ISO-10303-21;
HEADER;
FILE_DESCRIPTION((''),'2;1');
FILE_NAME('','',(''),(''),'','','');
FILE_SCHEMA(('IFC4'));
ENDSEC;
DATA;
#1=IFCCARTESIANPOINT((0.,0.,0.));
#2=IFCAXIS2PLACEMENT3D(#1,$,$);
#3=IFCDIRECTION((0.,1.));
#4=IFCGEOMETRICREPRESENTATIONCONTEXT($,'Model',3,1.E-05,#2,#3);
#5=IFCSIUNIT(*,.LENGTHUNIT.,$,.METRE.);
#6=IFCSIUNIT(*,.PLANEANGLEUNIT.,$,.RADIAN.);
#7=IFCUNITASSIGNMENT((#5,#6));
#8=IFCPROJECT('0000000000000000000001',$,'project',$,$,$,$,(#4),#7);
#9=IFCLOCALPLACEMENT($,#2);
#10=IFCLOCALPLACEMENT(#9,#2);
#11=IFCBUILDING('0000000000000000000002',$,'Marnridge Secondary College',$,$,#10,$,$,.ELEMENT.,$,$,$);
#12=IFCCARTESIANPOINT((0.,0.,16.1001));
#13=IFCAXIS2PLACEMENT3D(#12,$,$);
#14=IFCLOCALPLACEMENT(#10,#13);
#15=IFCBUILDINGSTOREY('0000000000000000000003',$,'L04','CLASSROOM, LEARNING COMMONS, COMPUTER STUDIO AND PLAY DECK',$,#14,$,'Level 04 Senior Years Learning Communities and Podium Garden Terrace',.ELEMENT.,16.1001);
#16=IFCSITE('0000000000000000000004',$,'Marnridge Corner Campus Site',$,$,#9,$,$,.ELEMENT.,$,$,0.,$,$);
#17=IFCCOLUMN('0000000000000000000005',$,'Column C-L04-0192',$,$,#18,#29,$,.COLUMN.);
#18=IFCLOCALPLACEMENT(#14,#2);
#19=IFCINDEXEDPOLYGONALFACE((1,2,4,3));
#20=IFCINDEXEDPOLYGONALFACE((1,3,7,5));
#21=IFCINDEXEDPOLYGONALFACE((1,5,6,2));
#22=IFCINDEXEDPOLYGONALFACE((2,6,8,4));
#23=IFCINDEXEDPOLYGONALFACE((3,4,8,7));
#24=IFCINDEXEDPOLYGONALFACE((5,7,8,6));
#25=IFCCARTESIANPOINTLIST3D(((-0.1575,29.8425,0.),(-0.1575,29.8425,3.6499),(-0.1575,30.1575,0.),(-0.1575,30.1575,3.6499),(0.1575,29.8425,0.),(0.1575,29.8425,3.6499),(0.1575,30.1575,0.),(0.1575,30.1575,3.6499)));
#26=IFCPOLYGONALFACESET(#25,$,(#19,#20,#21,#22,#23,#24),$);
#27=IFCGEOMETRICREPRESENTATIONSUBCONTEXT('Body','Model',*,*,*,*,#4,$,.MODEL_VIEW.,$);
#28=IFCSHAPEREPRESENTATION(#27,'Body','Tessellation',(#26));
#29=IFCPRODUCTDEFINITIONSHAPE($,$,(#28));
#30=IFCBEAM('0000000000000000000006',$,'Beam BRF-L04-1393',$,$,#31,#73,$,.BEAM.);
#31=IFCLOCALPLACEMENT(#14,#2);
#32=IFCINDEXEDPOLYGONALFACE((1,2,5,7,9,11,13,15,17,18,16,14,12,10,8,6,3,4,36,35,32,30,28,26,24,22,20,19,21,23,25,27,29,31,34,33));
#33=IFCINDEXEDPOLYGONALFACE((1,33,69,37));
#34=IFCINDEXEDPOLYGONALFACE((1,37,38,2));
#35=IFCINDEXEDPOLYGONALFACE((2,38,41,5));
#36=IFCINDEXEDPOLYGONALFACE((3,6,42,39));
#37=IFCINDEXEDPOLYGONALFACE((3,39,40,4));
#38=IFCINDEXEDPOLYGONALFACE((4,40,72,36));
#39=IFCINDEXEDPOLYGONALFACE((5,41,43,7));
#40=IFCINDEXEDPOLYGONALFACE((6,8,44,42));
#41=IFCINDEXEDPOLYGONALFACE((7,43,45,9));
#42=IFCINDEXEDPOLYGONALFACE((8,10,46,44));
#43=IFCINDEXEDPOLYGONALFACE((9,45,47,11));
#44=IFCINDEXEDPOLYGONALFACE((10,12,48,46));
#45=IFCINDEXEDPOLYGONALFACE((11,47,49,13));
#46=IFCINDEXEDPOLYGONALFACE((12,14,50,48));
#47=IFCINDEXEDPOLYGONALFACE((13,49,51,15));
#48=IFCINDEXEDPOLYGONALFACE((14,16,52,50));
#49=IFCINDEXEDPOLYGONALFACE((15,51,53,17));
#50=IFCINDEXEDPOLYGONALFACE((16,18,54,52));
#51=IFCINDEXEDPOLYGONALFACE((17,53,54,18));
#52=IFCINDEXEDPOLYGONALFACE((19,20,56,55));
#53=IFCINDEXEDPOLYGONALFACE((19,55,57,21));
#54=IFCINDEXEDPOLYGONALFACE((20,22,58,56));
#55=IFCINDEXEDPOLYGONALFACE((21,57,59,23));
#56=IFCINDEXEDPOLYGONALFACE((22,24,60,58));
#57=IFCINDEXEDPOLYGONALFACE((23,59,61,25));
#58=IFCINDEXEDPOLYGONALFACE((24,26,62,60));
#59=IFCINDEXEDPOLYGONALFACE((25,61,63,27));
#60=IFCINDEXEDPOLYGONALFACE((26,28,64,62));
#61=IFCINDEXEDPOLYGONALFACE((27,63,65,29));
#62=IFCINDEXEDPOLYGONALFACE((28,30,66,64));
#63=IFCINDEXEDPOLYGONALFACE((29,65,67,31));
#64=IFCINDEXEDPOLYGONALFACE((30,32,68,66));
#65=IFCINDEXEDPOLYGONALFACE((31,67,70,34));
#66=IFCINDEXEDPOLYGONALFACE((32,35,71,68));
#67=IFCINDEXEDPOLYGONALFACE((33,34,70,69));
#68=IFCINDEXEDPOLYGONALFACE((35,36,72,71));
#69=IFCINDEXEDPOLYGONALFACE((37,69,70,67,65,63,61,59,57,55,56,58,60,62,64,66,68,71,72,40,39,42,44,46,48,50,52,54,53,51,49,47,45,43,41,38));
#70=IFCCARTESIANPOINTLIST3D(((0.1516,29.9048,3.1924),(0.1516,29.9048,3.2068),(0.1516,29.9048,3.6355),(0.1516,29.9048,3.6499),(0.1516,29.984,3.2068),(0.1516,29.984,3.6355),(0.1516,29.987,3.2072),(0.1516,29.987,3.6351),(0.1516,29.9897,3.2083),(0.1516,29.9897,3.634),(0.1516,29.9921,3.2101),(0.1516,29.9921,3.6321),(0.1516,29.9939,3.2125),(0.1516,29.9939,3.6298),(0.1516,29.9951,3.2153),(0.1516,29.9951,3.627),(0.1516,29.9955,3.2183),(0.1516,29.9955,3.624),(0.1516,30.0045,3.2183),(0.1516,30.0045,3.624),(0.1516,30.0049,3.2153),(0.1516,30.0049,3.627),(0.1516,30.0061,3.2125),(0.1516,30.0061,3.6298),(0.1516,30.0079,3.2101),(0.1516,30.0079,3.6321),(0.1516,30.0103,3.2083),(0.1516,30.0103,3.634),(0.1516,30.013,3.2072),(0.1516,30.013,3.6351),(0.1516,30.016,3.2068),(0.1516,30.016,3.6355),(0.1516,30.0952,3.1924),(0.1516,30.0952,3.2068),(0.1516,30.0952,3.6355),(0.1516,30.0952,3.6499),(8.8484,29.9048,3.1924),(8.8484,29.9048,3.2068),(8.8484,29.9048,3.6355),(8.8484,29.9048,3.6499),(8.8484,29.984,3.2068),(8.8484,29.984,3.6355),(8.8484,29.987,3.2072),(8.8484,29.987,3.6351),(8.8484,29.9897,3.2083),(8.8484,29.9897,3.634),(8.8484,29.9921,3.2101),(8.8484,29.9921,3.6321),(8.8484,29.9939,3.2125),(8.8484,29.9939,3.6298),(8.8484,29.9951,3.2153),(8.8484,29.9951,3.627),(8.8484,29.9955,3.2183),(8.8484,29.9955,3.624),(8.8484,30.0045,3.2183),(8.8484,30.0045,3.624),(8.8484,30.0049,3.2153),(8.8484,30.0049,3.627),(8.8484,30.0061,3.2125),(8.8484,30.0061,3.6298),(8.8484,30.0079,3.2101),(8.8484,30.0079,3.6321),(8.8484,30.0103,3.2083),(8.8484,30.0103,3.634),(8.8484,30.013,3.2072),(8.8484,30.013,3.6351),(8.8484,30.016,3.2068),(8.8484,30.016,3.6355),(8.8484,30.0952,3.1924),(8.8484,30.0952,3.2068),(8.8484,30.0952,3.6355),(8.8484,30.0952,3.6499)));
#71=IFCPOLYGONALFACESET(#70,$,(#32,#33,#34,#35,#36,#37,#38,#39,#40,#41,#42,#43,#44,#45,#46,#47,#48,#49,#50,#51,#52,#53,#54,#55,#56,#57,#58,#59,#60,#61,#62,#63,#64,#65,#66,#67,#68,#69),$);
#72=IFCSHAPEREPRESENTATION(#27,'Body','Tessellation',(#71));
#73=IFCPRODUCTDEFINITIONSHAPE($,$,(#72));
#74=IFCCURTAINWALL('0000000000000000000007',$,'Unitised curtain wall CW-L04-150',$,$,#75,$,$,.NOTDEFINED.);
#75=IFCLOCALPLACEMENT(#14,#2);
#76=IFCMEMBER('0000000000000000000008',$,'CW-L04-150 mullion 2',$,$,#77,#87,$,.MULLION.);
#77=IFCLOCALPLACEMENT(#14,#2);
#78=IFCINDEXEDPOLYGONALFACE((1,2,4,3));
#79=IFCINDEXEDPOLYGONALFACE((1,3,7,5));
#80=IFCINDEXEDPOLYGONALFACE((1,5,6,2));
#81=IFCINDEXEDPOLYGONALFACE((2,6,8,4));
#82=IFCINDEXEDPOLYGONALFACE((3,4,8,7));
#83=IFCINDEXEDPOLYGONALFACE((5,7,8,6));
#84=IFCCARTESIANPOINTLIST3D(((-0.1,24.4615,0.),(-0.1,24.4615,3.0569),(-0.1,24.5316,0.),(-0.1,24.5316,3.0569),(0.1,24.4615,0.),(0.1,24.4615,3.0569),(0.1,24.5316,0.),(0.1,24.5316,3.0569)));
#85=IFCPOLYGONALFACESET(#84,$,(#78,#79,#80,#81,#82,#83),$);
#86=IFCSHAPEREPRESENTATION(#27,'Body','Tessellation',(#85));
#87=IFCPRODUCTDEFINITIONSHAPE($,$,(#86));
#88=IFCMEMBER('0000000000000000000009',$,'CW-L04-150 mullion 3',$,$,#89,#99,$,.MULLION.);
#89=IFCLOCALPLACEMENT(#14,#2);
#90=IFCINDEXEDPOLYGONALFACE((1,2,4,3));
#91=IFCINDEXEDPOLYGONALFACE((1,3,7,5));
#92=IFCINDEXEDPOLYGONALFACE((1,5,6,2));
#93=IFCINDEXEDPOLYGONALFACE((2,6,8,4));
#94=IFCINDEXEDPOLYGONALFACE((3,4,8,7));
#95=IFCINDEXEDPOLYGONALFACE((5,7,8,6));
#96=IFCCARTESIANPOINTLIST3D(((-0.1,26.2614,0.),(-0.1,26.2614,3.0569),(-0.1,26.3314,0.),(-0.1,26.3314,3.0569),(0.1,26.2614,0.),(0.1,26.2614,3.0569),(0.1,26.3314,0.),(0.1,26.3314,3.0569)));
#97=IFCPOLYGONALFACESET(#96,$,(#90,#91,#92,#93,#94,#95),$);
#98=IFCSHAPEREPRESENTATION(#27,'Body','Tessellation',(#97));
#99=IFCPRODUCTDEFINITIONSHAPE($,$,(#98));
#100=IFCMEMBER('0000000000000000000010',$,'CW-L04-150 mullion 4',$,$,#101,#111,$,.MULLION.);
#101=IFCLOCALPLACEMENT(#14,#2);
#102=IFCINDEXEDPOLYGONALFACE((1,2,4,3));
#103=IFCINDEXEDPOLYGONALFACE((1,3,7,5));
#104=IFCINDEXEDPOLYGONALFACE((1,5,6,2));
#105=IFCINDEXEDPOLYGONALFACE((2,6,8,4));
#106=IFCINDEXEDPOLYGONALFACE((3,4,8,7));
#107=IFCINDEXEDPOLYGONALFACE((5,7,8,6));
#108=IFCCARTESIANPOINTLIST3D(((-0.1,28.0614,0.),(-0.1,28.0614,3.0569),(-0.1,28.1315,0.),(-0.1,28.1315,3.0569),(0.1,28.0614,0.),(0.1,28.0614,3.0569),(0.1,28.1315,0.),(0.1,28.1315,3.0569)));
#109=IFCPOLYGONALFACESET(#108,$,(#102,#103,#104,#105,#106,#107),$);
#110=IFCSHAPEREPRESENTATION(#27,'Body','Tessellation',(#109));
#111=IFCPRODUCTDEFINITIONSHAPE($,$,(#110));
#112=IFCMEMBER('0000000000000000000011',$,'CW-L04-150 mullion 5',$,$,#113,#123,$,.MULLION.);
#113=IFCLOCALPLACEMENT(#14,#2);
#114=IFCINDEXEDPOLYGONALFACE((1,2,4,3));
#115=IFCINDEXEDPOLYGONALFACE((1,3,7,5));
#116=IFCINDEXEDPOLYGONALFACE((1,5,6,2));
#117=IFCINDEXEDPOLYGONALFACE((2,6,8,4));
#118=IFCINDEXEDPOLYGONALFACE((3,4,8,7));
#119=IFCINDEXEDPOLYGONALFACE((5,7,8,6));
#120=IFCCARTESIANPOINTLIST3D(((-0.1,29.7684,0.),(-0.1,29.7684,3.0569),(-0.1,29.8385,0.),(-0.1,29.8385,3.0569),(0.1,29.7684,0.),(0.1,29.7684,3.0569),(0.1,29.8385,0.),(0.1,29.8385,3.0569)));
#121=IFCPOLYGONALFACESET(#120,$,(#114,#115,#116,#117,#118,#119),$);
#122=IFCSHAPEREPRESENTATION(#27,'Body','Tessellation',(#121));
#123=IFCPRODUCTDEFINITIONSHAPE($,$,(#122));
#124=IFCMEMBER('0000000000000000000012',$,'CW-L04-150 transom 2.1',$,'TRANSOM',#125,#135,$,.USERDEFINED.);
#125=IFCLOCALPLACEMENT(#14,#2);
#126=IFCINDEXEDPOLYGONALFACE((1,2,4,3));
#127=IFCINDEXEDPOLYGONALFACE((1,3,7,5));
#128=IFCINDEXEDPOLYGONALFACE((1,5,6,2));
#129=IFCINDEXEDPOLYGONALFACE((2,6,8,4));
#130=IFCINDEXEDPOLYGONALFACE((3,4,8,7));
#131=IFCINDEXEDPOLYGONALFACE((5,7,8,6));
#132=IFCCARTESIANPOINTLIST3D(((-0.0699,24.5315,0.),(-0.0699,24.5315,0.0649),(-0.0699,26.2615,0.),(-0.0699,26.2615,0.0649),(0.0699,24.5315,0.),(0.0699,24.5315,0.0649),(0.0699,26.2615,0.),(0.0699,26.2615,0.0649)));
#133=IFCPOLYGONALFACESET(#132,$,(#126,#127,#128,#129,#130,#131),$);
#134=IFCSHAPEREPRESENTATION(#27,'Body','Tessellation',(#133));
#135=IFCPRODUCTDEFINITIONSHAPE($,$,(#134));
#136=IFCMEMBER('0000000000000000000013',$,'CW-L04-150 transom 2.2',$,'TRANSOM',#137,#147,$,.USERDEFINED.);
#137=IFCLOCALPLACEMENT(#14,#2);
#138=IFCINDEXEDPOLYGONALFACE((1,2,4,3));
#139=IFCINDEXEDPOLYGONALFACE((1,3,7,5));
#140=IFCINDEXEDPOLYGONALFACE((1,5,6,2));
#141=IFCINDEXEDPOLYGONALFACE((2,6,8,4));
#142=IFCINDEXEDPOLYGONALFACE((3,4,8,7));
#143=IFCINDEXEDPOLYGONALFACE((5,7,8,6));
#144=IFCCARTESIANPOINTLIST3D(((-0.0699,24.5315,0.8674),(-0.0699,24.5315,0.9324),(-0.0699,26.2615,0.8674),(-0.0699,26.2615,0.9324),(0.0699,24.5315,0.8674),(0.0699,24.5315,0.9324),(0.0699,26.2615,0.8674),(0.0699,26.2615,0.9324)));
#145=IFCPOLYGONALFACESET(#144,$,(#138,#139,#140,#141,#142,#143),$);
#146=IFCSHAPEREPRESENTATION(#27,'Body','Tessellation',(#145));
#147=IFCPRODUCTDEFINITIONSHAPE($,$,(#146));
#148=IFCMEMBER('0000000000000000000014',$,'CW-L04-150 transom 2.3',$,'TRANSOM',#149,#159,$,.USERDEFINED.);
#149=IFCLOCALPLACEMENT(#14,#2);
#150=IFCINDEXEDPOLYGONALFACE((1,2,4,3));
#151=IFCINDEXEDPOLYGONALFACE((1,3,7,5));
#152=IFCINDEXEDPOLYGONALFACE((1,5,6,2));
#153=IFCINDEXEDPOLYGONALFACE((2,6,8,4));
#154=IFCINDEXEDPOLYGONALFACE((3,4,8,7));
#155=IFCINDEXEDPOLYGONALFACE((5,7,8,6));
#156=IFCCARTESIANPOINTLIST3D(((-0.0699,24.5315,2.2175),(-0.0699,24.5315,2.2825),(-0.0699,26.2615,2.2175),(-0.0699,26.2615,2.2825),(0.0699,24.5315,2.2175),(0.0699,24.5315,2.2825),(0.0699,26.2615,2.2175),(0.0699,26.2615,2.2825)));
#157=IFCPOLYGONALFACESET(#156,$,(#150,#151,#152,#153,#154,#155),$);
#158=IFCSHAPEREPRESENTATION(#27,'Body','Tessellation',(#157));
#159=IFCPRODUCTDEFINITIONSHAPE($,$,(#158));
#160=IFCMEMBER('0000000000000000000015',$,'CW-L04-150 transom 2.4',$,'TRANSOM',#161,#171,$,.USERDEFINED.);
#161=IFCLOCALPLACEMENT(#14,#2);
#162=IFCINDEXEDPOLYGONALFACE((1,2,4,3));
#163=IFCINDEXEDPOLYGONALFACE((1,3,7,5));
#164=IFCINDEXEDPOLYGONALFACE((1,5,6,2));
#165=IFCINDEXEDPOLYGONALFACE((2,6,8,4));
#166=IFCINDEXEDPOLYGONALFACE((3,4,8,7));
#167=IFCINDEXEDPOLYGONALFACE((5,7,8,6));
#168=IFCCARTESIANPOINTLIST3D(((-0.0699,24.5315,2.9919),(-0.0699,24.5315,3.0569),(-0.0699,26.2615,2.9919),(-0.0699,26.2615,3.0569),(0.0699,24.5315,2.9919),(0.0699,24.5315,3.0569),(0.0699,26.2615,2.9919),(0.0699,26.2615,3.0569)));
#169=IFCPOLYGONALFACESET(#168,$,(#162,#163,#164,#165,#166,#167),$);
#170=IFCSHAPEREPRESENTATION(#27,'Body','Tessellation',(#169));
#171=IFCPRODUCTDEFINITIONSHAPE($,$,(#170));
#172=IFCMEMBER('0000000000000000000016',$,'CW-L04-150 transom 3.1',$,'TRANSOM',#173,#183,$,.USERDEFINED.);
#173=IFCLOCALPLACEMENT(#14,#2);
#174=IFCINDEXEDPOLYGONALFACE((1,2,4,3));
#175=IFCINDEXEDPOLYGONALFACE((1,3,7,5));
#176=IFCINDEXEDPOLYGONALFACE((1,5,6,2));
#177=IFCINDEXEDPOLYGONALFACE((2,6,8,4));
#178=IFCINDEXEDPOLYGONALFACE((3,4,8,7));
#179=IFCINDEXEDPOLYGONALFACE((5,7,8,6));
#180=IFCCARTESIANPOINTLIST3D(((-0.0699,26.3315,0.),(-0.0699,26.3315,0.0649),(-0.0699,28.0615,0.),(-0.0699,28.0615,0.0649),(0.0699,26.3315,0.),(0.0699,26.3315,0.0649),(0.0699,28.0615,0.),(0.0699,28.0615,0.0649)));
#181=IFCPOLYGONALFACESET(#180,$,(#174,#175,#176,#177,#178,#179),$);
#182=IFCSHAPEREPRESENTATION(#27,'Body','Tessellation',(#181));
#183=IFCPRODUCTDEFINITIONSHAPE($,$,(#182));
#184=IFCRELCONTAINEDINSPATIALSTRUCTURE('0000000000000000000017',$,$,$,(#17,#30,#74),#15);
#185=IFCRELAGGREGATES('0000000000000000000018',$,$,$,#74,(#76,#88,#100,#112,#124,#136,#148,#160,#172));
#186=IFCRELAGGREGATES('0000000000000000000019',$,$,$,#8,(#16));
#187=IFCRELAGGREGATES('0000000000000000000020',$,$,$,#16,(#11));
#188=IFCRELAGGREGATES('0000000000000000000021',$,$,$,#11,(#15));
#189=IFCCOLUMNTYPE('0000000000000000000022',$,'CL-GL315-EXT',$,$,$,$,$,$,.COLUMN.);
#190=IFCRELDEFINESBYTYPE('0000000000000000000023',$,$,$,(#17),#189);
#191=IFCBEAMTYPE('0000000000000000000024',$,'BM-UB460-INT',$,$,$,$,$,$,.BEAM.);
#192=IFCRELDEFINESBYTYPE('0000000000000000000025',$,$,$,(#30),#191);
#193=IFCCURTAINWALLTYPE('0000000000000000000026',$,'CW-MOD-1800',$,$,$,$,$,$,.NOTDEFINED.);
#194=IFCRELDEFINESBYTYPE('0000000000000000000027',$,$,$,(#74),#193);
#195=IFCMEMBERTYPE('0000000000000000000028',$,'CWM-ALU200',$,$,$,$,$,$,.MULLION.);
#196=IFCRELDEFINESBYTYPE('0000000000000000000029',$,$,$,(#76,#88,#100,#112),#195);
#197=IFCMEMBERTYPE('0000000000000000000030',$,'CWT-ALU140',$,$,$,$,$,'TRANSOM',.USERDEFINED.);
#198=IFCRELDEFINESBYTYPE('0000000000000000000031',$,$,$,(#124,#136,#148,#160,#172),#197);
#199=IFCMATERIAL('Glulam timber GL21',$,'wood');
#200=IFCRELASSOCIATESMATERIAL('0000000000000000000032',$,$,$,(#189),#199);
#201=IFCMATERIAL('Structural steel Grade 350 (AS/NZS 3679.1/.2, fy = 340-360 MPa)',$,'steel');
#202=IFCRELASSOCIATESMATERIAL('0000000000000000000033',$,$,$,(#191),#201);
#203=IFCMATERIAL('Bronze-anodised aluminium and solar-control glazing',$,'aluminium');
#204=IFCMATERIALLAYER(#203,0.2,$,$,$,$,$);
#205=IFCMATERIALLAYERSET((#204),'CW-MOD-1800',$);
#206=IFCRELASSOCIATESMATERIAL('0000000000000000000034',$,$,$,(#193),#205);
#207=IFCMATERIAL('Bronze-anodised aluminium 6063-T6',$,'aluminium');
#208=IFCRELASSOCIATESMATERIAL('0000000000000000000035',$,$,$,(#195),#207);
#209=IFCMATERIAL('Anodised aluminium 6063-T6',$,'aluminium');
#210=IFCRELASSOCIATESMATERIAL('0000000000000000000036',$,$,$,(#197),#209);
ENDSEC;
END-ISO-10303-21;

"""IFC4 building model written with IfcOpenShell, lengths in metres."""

from ifc_helpers import new_model, si_unit, direction, frame, origin, origin_2d, place, context, subcontext, project, spatial, rectangle, i_section, extrude, material, layer, layer_set, material_profile, profile_set, type_object, element, aggregate, save


model = new_model("IFC4")

# Units and contexts
model_context = context("Model", 3, precision=1e-05, world=origin(), true_north=direction((0.0, 1.0)))
body_context = subcontext(model_context, "Body", "Model", "MODEL_VIEW")
ifc_project = project(units=[si_unit("LENGTHUNIT", "METRE"), si_unit("PLANEANGLEUNIT", "RADIAN")], contexts=[model_context])

# Site, building, storey
site_placement = place(None, origin())
site = spatial("IfcSite", under=ifc_project, at=site_placement, Name="Marnridge Corner Campus Site", CompositionType="ELEMENT", RefElevation=0.0)
building_placement = place(site_placement, origin())
building = spatial("IfcBuilding", under=site, at=building_placement, Name="Marnridge Secondary College", CompositionType="ELEMENT")
storey_placement = place(building_placement, frame((0.0, 0.0, 16.1001)))
storey = spatial("IfcBuildingStorey", under=building, at=storey_placement, Name="L04", Description="CLASSROOM, LEARNING COMMONS, COMPUTER STUDIO AND PLAY DECK", LongName="Level 04 Senior Years Learning Communities and Podium Garden Terrace", CompositionType="ELEMENT", Elevation=16.1001)

# Column
ifc_material_1 = material(Name="Glulam timber GL21", Category="wood")
ifc_material_profile_1 = material_profile(ifc_material_1, rectangle(XDim=0.3149, YDim=0.3149, at=origin_2d()), Name="GL21 315x315")
ifc_profile_set_1 = profile_set([ifc_material_profile_1], Name="Glulam timber GL21")
column_type = type_object("IfcColumnType", Name="CL-GL315-EXT", PredefinedType="COLUMN", material=ifc_profile_set_1)
column_placement = place(storey_placement, frame((0.0, 30.0, 0.0), z_axis=(0.0, 0.0, 1.0), x_axis=(1.0, 0.0, 0.0)))
element("IfcColumn", 1, at=column_placement, inside=storey, type_object=column_type, Name="Column C-L04-0192", PredefinedType="COLUMN", context=body_context, shape_type="SweptSolid", body=[
    extrude(rectangle(XDim=0.3149, YDim=0.3149, at=origin_2d()), origin(), (0.0, 0.0, 1.0), 3.6499),
])

# Beam
ifc_material_2 = material(Name="Structural steel Grade 350 (AS/NZS 3679.1/.2, fy = 340-360 MPa)", Category="steel")
ifc_material_profile_2 = material_profile(ifc_material_2, i_section(OverallWidth=0.1904, OverallDepth=0.4575, WebThickness=0.009, FlangeThickness=0.0144, FilletRadius=0.0115, at=origin_2d()), Name="460UB74.6")
ifc_profile_set_2 = profile_set([ifc_material_profile_2], Name="Structural steel Grade 350 (AS/NZS 3679.1/.2, fy = 340-360 MPa)")
beam_type = type_object("IfcBeamType", Name="BM-UB460-INT", PredefinedType="BEAM", material=ifc_profile_set_2)
beam_placement = place(storey_placement, frame((0.1516, 30.0, 3.4211), z_axis=(1.0, 0.0, 0.0), x_axis=(0.0, 1.0, 0.0)))
element("IfcBeam", 2, at=beam_placement, inside=storey, type_object=beam_type, Name="Beam BRF-L04-1393", PredefinedType="BEAM", context=body_context, shape_type="SweptSolid", body=[
    extrude(i_section(OverallWidth=0.1904, OverallDepth=0.4575, WebThickness=0.009, FlangeThickness=0.0144, FilletRadius=0.0115, at=origin_2d()), origin(), (0.0, 0.0, 1.0), 8.6968),
])

# Curtain wall, members
ifc_material_3 = material(Name="Bronze-anodised aluminium and solar-control glazing", Category="aluminium")
ifc_layer_1 = layer(ifc_material_3, 0.2)
ifc_layer_set_1 = layer_set([ifc_layer_1], Name="CW-MOD-1800")
curtain_wall_type = type_object("IfcCurtainWallType", Name="CW-MOD-1800", PredefinedType="NOTDEFINED", material=ifc_layer_set_1)
curtain_wall_placement = place(storey_placement, origin())
curtain_wall = element("IfcCurtainWall", 3, at=curtain_wall_placement, inside=storey, type_object=curtain_wall_type, Name="Unitised curtain wall CW-L04-150", PredefinedType="NOTDEFINED")
ifc_material_4 = material(Name="Bronze-anodised aluminium 6063-T6", Category="aluminium")
ifc_material_profile_3 = material_profile(ifc_material_4, rectangle(XDim=0.0701, YDim=0.2, at=origin_2d()), Name="ALU 70x200")
ifc_profile_set_3 = profile_set([ifc_material_profile_3], Name="Bronze-anodised aluminium 6063-T6")
member_type_1 = type_object("IfcMemberType", Name="CWM-ALU200", PredefinedType="MULLION", material=ifc_profile_set_3)
member_1_placement = place(storey_placement, frame((0.0, 24.4966, 0.0), z_axis=(0.0, 0.0, 1.0), x_axis=(0.0, 1.0, 0.0)))
member_1 = element("IfcMember", 4, at=member_1_placement, type_object=member_type_1, Name="CW-L04-150 mullion 2", PredefinedType="MULLION", context=body_context, shape_type="SweptSolid", body=[
    extrude(rectangle(XDim=0.0701, YDim=0.2, at=origin_2d()), origin(), (0.0, 0.0, 1.0), 3.0569),
])
member_2_placement = place(storey_placement, frame((0.0, 26.2964, 0.0), z_axis=(0.0, 0.0, 1.0), x_axis=(0.0, 1.0, 0.0)))
member_2 = element("IfcMember", 5, at=member_2_placement, type_object=member_type_1, Name="CW-L04-150 mullion 3", PredefinedType="MULLION", context=body_context, shape_type="SweptSolid", body=[
    extrude(rectangle(XDim=0.0701, YDim=0.2, at=origin_2d()), origin(), (0.0, 0.0, 1.0), 3.0569),
])
member_3_placement = place(storey_placement, frame((0.0, 28.0964, 0.0), z_axis=(0.0, 0.0, 1.0), x_axis=(0.0, 1.0, 0.0)))
member_3 = element("IfcMember", 6, at=member_3_placement, type_object=member_type_1, Name="CW-L04-150 mullion 4", PredefinedType="MULLION", context=body_context, shape_type="SweptSolid", body=[
    extrude(rectangle(XDim=0.0701, YDim=0.2, at=origin_2d()), origin(), (0.0, 0.0, 1.0), 3.0569),
])
member_4_placement = place(storey_placement, frame((0.0, 29.8035, 0.0), z_axis=(0.0, 0.0, 1.0), x_axis=(0.0, 1.0, 0.0)))
member_4 = element("IfcMember", 7, at=member_4_placement, type_object=member_type_1, Name="CW-L04-150 mullion 5", PredefinedType="MULLION", context=body_context, shape_type="SweptSolid", body=[
    extrude(rectangle(XDim=0.0701, YDim=0.2, at=origin_2d()), origin(), (0.0, 0.0, 1.0), 3.0569),
])
ifc_material_5 = material(Name="Anodised aluminium 6063-T6", Category="aluminium")
ifc_material_profile_4 = material_profile(ifc_material_5, rectangle(XDim=0.0649, YDim=0.1399, at=origin_2d()), Name="ALU 65x140")
ifc_profile_set_4 = profile_set([ifc_material_profile_4], Name="Anodised aluminium 6063-T6")
member_type_2 = type_object("IfcMemberType", Name="CWT-ALU140", ElementType="TRANSOM", PredefinedType="USERDEFINED", material=ifc_profile_set_4)
member_5_placement = place(storey_placement, frame((0.0, 24.5315, 0.0325), z_axis=(0.0, 1.0, 0.0), x_axis=(0.0, 0.0, 1.0)))
member_5 = element("IfcMember", 8, at=member_5_placement, type_object=member_type_2, Name="CW-L04-150 transom 2.1", ObjectType="TRANSOM", PredefinedType="USERDEFINED", context=body_context, shape_type="SweptSolid", body=[
    extrude(rectangle(XDim=0.0649, YDim=0.1399, at=origin_2d()), origin(), (0.0, 0.0, 1.0), 1.73),
])
member_6_placement = place(storey_placement, frame((0.0, 24.5315, 0.8999), z_axis=(0.0, 1.0, 0.0), x_axis=(0.0, 0.0, 1.0)))
member_6 = element("IfcMember", 9, at=member_6_placement, type_object=member_type_2, Name="CW-L04-150 transom 2.2", ObjectType="TRANSOM", PredefinedType="USERDEFINED", context=body_context, shape_type="SweptSolid", body=[
    extrude(rectangle(XDim=0.0649, YDim=0.1399, at=origin_2d()), origin(), (0.0, 0.0, 1.0), 1.73),
])
member_7_placement = place(storey_placement, frame((0.0, 24.5315, 2.25), z_axis=(0.0, 1.0, 0.0), x_axis=(0.0, 0.0, 1.0)))
member_7 = element("IfcMember", 10, at=member_7_placement, type_object=member_type_2, Name="CW-L04-150 transom 2.3", ObjectType="TRANSOM", PredefinedType="USERDEFINED", context=body_context, shape_type="SweptSolid", body=[
    extrude(rectangle(XDim=0.0649, YDim=0.1399, at=origin_2d()), origin(), (0.0, 0.0, 1.0), 1.73),
])
member_8_placement = place(storey_placement, frame((0.0, 24.5315, 3.0244), z_axis=(0.0, 1.0, 0.0), x_axis=(0.0, 0.0, 1.0)))
member_8 = element("IfcMember", 11, at=member_8_placement, type_object=member_type_2, Name="CW-L04-150 transom 2.4", ObjectType="TRANSOM", PredefinedType="USERDEFINED", context=body_context, shape_type="SweptSolid", body=[
    extrude(rectangle(XDim=0.0649, YDim=0.1399, at=origin_2d()), origin(), (0.0, 0.0, 1.0), 1.73),
])
member_9_placement = place(storey_placement, frame((0.0, 26.3315, 0.0325), z_axis=(0.0, 1.0, 0.0), x_axis=(0.0, 0.0, 1.0)))
member_9 = element("IfcMember", 12, at=member_9_placement, type_object=member_type_2, Name="CW-L04-150 transom 3.1", ObjectType="TRANSOM", PredefinedType="USERDEFINED", context=body_context, shape_type="SweptSolid", body=[
    extrude(rectangle(XDim=0.0649, YDim=0.1399, at=origin_2d()), origin(), (0.0, 0.0, 1.0), 1.73),
])
aggregate(curtain_wall, [member_1, member_2, member_3, member_4, member_5, member_6, member_7, member_8, member_9])

save(model, "model.ifc")
